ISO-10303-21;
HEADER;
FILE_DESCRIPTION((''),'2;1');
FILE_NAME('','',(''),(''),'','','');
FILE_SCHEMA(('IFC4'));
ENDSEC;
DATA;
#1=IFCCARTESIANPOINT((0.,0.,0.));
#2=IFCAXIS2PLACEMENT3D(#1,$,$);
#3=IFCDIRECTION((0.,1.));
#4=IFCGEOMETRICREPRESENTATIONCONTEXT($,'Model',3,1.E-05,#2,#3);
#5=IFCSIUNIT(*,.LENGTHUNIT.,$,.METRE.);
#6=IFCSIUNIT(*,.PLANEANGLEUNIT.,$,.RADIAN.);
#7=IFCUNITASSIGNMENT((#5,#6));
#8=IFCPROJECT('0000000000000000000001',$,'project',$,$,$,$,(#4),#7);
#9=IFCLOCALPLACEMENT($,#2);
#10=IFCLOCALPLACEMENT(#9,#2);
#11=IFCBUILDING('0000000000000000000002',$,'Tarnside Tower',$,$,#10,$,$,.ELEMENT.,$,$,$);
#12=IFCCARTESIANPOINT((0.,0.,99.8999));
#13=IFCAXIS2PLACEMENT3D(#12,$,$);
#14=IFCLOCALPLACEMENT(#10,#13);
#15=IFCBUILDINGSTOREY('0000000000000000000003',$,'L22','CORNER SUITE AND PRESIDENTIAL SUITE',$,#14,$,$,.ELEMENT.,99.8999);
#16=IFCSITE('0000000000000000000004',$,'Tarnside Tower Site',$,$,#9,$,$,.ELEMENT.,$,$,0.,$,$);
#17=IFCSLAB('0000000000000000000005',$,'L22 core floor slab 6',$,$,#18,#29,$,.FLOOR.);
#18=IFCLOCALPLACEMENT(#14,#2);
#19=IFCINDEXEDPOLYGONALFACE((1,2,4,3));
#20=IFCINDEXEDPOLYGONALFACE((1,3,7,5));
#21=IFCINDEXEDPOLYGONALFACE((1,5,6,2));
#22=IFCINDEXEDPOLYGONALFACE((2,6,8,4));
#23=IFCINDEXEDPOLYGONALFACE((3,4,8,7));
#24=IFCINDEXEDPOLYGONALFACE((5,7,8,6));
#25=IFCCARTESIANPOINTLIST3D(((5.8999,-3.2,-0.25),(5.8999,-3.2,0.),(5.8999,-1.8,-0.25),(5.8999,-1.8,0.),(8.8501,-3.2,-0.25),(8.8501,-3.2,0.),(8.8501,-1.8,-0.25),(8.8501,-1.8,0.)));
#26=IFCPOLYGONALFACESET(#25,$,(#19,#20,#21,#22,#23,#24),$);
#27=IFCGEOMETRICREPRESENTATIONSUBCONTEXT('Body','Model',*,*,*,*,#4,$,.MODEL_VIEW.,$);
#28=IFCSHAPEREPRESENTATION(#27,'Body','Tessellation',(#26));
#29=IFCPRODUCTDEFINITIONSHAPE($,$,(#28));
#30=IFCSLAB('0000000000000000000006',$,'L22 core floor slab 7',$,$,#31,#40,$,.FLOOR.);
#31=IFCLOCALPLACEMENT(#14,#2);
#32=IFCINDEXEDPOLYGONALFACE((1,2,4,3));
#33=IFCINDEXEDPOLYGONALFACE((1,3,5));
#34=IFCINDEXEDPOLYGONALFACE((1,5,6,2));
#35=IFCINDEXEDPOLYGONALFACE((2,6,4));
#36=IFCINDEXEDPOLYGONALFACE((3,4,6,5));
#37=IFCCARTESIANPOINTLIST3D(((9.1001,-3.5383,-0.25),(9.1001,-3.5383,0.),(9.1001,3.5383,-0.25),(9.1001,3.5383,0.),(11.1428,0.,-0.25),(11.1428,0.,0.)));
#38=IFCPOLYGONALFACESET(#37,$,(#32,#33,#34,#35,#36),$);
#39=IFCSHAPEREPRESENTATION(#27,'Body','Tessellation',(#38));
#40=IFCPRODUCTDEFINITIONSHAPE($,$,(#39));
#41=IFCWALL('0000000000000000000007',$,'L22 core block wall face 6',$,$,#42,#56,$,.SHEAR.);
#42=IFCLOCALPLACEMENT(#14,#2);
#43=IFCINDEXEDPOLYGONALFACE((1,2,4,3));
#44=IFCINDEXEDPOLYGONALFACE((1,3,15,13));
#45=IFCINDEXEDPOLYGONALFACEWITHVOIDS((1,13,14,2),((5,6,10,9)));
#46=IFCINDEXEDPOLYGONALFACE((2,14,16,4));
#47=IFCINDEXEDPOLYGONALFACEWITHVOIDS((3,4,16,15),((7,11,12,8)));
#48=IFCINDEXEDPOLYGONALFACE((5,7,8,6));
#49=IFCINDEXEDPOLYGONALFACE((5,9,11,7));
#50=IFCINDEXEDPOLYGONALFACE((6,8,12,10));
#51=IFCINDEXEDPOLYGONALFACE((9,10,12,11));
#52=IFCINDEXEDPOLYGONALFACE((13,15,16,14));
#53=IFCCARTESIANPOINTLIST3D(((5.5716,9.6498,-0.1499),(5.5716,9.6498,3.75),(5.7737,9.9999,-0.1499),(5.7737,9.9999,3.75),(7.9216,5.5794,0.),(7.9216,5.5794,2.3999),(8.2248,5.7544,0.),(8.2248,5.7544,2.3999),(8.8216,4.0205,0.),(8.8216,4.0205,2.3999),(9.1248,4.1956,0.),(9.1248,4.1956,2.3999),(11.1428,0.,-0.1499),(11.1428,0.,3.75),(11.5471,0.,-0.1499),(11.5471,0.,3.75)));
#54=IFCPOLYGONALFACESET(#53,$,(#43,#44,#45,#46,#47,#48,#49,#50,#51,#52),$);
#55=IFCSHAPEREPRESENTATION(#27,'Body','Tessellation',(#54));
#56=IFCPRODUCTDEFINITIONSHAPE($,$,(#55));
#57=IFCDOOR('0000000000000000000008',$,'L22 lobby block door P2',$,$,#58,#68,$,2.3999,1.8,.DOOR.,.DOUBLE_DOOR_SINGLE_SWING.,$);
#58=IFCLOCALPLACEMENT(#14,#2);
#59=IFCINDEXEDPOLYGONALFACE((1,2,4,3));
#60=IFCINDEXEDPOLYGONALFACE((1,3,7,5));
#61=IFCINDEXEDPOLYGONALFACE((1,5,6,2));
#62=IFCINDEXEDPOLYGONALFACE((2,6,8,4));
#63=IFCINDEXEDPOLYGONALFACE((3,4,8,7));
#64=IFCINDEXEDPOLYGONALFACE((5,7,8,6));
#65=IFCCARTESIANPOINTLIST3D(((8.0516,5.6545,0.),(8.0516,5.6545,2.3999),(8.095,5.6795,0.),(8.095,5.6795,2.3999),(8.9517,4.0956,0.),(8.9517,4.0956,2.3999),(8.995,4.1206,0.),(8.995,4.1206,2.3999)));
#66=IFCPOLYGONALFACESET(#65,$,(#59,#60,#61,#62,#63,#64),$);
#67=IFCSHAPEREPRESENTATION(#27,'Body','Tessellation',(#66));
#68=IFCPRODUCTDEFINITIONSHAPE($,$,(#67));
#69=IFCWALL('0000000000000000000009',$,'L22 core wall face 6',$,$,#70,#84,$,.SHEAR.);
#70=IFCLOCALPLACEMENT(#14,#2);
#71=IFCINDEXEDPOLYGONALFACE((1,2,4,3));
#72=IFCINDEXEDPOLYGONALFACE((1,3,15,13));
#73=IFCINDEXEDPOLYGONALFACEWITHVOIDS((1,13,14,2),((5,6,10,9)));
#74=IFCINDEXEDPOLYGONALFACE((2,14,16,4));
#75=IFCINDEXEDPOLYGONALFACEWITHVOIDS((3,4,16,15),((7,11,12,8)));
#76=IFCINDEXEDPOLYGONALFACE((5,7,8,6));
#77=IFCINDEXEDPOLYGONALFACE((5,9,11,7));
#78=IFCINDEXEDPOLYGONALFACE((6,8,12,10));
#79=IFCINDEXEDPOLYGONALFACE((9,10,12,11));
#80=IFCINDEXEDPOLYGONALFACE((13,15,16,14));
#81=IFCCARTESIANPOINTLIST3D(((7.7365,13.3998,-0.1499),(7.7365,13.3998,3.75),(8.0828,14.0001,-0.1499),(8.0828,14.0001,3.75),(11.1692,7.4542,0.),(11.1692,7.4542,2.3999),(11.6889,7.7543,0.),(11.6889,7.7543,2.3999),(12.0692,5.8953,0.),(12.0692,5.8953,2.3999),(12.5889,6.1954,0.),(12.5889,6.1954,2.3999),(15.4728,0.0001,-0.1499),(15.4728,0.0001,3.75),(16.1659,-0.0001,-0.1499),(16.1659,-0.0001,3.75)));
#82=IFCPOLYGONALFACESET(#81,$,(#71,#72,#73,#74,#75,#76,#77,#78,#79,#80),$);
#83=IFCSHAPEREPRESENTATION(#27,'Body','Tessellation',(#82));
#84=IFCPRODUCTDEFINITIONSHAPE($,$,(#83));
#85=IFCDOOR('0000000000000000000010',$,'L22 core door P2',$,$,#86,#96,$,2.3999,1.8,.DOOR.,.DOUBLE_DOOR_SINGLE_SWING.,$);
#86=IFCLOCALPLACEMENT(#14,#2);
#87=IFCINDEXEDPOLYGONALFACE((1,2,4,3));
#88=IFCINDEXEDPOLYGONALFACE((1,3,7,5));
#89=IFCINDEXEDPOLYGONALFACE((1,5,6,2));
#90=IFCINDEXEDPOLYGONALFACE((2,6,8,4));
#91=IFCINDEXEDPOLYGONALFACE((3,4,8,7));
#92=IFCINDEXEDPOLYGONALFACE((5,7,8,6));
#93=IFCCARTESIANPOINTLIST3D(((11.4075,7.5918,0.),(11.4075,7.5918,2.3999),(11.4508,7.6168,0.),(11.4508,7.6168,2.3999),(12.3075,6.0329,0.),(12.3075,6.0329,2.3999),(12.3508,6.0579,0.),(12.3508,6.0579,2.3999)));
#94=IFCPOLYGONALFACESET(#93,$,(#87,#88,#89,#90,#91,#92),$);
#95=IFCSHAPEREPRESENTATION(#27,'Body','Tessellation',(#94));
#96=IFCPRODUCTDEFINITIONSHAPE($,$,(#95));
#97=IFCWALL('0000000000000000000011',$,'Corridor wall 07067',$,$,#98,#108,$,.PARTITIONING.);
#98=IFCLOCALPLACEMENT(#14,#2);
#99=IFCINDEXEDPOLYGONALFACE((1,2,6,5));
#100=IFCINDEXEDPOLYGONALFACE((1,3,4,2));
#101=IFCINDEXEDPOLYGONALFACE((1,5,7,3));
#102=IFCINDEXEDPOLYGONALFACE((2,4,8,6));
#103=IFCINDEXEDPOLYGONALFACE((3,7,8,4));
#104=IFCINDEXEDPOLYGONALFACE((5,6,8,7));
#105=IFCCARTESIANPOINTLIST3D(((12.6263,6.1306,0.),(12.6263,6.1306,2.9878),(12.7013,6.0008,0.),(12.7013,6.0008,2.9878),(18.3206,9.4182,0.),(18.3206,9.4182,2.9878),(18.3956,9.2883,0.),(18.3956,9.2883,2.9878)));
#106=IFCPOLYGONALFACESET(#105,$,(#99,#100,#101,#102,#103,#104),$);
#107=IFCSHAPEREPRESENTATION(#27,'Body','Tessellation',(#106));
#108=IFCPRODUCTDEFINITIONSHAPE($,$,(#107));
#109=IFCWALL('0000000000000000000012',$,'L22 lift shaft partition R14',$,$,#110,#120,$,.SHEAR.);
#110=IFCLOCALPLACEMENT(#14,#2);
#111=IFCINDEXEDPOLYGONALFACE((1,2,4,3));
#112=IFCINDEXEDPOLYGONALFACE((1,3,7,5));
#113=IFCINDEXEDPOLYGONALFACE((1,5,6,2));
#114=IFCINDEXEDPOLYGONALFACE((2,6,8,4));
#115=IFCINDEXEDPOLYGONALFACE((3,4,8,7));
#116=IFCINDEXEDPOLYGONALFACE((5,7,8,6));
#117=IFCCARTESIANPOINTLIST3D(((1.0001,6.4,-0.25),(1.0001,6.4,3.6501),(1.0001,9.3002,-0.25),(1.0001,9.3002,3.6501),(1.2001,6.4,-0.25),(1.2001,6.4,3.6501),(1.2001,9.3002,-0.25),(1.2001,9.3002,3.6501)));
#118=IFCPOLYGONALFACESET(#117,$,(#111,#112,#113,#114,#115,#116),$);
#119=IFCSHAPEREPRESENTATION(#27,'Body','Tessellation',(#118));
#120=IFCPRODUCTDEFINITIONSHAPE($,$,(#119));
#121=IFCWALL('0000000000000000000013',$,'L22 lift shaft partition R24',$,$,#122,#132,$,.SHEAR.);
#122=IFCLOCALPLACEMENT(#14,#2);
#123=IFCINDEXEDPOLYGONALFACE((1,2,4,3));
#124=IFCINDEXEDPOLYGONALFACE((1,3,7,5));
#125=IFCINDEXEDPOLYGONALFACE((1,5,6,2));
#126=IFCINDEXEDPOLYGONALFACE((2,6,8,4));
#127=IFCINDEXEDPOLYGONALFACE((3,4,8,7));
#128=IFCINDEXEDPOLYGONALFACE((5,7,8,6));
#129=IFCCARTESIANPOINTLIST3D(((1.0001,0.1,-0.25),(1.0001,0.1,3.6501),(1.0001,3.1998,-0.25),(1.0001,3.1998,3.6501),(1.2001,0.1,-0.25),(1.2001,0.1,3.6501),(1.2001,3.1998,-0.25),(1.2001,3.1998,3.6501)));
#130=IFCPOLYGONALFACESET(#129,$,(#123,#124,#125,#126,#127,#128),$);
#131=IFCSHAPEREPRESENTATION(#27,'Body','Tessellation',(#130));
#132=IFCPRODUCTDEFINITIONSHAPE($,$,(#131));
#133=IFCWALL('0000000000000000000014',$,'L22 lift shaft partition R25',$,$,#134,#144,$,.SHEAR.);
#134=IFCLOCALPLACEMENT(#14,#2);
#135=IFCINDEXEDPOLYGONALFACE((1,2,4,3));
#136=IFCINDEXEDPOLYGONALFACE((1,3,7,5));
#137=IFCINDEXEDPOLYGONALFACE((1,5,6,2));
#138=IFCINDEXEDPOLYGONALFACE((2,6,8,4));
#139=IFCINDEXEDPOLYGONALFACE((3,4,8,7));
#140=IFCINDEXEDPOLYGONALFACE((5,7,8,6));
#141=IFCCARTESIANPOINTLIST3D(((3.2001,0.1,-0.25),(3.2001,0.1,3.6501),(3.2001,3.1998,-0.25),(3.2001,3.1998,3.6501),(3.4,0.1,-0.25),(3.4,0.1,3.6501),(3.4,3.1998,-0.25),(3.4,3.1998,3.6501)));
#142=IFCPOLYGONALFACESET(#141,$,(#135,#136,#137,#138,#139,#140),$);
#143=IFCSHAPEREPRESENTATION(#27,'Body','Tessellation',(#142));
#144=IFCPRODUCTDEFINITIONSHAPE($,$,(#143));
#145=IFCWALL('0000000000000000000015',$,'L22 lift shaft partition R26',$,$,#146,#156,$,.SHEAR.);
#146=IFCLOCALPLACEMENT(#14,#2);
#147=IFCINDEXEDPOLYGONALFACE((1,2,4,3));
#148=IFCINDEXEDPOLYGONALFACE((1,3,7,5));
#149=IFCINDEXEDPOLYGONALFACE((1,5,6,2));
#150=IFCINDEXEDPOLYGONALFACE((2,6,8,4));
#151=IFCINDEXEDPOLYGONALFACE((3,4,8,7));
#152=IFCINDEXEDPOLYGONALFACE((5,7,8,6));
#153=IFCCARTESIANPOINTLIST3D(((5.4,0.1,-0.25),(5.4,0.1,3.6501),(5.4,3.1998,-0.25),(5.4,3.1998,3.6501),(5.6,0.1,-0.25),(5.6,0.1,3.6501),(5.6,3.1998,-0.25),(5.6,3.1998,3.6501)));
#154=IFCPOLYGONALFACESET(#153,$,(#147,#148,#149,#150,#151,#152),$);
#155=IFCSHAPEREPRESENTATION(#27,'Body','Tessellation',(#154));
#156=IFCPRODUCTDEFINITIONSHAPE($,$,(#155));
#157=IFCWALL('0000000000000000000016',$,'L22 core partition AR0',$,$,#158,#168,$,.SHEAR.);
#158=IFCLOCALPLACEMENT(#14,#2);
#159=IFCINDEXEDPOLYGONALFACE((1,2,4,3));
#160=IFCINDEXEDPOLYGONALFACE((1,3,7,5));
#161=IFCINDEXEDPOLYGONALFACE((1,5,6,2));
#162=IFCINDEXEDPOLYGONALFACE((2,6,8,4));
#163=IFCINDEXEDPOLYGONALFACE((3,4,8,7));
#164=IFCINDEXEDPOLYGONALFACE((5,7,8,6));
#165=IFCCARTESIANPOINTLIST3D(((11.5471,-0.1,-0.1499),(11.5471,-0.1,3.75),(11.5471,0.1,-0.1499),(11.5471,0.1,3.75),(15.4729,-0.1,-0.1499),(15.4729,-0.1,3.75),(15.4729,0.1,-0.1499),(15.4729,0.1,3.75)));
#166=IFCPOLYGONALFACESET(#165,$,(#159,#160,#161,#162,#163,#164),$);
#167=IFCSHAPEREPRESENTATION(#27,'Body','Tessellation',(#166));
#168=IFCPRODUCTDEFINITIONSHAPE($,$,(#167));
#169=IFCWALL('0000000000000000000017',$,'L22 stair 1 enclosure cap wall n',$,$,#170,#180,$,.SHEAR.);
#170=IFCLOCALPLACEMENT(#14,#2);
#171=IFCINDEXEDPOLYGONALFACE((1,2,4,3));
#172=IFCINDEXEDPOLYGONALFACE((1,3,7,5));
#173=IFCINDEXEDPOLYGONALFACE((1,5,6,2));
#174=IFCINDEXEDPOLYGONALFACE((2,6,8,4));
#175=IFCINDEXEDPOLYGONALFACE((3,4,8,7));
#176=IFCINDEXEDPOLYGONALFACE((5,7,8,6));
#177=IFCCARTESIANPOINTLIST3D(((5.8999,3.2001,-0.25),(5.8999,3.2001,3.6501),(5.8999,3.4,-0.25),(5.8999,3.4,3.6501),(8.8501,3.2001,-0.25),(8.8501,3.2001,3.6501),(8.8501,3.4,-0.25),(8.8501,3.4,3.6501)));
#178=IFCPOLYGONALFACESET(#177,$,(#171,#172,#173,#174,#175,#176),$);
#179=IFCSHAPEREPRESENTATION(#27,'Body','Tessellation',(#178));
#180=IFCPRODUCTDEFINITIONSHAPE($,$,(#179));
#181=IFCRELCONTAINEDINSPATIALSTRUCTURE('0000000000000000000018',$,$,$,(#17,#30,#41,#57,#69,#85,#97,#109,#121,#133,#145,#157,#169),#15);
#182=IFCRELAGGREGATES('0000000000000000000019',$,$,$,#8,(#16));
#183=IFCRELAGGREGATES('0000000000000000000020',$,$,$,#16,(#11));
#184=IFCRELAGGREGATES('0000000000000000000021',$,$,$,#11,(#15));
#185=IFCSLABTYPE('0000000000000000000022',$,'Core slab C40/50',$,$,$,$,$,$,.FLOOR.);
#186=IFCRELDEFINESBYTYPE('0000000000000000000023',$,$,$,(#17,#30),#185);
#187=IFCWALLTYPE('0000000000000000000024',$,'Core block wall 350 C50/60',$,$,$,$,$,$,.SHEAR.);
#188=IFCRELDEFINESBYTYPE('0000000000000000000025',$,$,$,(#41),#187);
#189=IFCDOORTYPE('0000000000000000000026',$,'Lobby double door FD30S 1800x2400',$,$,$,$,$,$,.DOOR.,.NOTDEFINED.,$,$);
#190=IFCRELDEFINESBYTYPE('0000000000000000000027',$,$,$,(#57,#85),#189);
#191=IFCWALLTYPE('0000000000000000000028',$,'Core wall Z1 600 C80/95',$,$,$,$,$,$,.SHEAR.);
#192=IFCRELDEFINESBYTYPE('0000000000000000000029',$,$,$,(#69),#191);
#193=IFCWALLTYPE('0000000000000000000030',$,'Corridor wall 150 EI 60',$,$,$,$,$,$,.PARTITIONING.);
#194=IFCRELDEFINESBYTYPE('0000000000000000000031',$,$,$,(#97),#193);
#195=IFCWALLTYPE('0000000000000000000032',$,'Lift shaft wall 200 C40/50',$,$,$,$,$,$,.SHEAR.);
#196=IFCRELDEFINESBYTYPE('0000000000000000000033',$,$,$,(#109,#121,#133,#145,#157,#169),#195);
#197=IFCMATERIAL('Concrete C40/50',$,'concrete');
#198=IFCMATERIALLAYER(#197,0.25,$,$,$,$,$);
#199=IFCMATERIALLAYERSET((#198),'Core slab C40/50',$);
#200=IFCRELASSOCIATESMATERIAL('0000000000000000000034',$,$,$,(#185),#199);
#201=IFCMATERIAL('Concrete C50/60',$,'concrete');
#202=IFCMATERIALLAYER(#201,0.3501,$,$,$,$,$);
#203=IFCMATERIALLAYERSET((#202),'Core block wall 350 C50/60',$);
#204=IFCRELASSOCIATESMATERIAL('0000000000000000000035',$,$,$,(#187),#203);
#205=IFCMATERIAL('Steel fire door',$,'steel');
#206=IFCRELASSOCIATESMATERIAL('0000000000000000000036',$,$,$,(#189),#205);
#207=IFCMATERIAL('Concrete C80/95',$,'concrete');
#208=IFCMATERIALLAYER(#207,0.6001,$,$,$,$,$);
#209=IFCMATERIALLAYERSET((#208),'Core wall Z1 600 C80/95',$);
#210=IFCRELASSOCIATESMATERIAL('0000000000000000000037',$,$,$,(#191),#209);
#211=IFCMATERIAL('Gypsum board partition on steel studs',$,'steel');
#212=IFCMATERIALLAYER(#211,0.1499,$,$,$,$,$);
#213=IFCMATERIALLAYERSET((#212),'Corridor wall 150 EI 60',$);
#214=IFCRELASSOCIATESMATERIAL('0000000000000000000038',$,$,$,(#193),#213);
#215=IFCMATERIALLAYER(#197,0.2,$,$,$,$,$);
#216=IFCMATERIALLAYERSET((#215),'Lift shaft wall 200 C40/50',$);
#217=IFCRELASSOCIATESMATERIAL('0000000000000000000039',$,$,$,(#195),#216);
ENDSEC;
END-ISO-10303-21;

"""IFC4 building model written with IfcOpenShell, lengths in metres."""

from ifc_helpers import new_model, si_unit, direction, frame, frame_2d, origin, place, context, subcontext, project, spatial, polyline, rectangle, outline, extrude, material, layer, layer_set, type_object, element, fill, save


model = new_model("IFC4")

# Units and contexts
model_context = context("Model", 3, precision=1e-05, world=origin(), true_north=direction((0.0, 1.0)))
body_context = subcontext(model_context, "Body", "Model", "MODEL_VIEW")
ifc_project = project(units=[si_unit("LENGTHUNIT", "METRE"), si_unit("PLANEANGLEUNIT", "RADIAN")], contexts=[model_context])

# Site, building, storey
site_placement = place(None, origin())
site = spatial("IfcSite", under=ifc_project, at=site_placement, Name="Tarnside Tower Site", CompositionType="ELEMENT", RefElevation=0.0)
building_placement = place(site_placement, origin())
building = spatial("IfcBuilding", under=site, at=building_placement, Name="Tarnside Tower", CompositionType="ELEMENT")
storey_placement = place(building_placement, frame((0.0, 0.0, 99.8999)))
storey = spatial("IfcBuildingStorey", under=building, at=storey_placement, Name="L22", Description="CORNER SUITE AND PRESIDENTIAL SUITE", CompositionType="ELEMENT", Elevation=99.8999)

# Slabs
ifc_material_1 = material(Name="Concrete C40/50", Category="concrete")
ifc_layer_1 = layer(ifc_material_1, 0.25)
ifc_layer_set_1 = layer_set([ifc_layer_1], Name="Core slab C40/50")
slab_type = type_object("IfcSlabType", Name="Core slab C40/50", PredefinedType="FLOOR", material=ifc_layer_set_1)
slab_1_placement = place(storey_placement, frame((0.0, 0.0, -0.25)))
element("IfcSlab", 1, at=slab_1_placement, inside=storey, type_object=slab_type, Name="L22 core floor slab 6", PredefinedType="FLOOR", context=body_context, shape_type="SweptSolid", body=[
    extrude(outline(polyline([(5.8999, -3.2), (5.8999, -1.8), (8.8501, -1.8), (8.8501, -3.2), (5.8999, -3.2)])), origin(), (0.0, 0.0, 1.0), 0.25),
])
slab_2_placement = place(storey_placement, frame((0.0, 0.0, -0.25)))
element("IfcSlab", 2, at=slab_2_placement, inside=storey, type_object=slab_type, Name="L22 core floor slab 7", PredefinedType="FLOOR", context=body_context, shape_type="SweptSolid", body=[
    extrude(outline(polyline([(9.1001, -3.5383), (9.1001, 3.5383), (11.1428, 0.0), (9.1001, -3.5383)])), origin(), (0.0, 0.0, 1.0), 0.25),
])

# Walls, openings, doors
ifc_material_2 = material(Name="Concrete C50/60", Category="concrete")
ifc_layer_2 = layer(ifc_material_2, 0.3501)
ifc_layer_set_2 = layer_set([ifc_layer_2], Name="Core block wall 350 C50/60")
wall_type_1 = type_object("IfcWallType", Name="Core block wall 350 C50/60", PredefinedType="SHEAR", material=ifc_layer_set_2)
wall_1_placement = place(storey_placement, frame((11.345, 0.0, -0.1499), z_axis=(0.0, 0.0, 1.0), x_axis=(-0.499995, 0.866028, 0.0)))
wall_1 = element("IfcWall", 3, at=wall_1_placement, inside=storey, type_object=wall_type_1, Name="L22 core block wall face 6", PredefinedType="SHEAR", context=body_context, shape_type="SweptSolid", body=[
    extrude(outline(polyline([(-0.1011, -0.175), (11.4458, -0.175), (11.2437, 0.175), (0.1011, 0.175), (-0.1011, -0.175)])), origin(), (0.0, 0.0, 1.0), 3.8999),
])
opening_1_placement = place(wall_1_placement, frame((4.7437, 0.0, 0.1499)))
opening_1 = element("IfcOpeningElement", 4, at=opening_1_placement, cuts=wall_1, PredefinedType="OPENING", context=body_context, shape_type="SweptSolid", body=[
    extrude(rectangle(XDim=1.8, YDim=2.3999, at=frame_2d((0.8999, 1.2))), frame((0.0, 0.1851, 0.0), z_axis=(0.0, -1.0, 0.0), x_axis=(1.0, 0.0, 0.0)), (0.0, 0.0, 1.0), 0.3701),
])
ifc_material_3 = material(Name="Steel fire door", Category="steel")
door_type = type_object("IfcDoorType", Name="Lobby double door FD30S 1800x2400", OperationType="NOTDEFINED", PredefinedType="DOOR", material=ifc_material_3)
door_1_placement = place(opening_1_placement, origin())
door_1 = element("IfcDoor", 5, at=door_1_placement, inside=storey, type_object=door_type, Name="L22 lobby block door P2", OperationType="DOUBLE_DOOR_SINGLE_SWING", OverallHeight=2.3999, OverallWidth=1.8, PredefinedType="DOOR", context=body_context, shape_type="SweptSolid", body=[
    extrude(rectangle(XDim=1.8, YDim=2.3999, at=frame_2d((0.8999, 1.2))), frame((0.0, 0.0249, 0.0), z_axis=(0.0, -1.0, 0.0), x_axis=(1.0, 0.0, 0.0)), (0.0, 0.0, 1.0), 0.05),
])
fill(opening_1, door_1)
ifc_material_4 = material(Name="Concrete C80/95", Category="concrete")
ifc_layer_3 = layer(ifc_material_4, 0.6001)
ifc_layer_set_3 = layer_set([ifc_layer_3], Name="Core wall Z1 600 C80/95")
wall_type_2 = type_object("IfcWallType", Name="Core wall Z1 600 C80/95", PredefinedType="SHEAR", material=ifc_layer_set_3)
wall_2_placement = place(storey_placement, frame((15.8193, 0.0, -0.1499), z_axis=(0.0, 0.0, 1.0), x_axis=(-0.5, 0.866025, 0.0)))
wall_2 = element("IfcWall", 6, at=wall_2_placement, inside=storey, type_object=wall_type_2, Name="L22 core wall face 6", PredefinedType="SHEAR", context=body_context, shape_type="SweptSolid", body=[
    extrude(outline(polyline([(-0.1733, -0.3), (15.9927, -0.3), (15.646, 0.3), (0.1733, 0.3), (-0.1733, -0.3)])), origin(), (0.0, 0.0, 1.0), 3.8999),
])
opening_2_placement = place(wall_2_placement, frame((6.9807, 0.0, 0.1499)))
opening_2 = element("IfcOpeningElement", 7, at=opening_2_placement, cuts=wall_2, PredefinedType="OPENING", context=body_context, shape_type="SweptSolid", body=[
    extrude(rectangle(XDim=1.8, YDim=2.3999, at=frame_2d((0.8999, 1.2))), frame((0.0, 0.3101, 0.0), z_axis=(0.0, -1.0, 0.0), x_axis=(1.0, 0.0, 0.0)), (0.0, 0.0, 1.0), 0.6201),
])
door_2_placement = place(opening_2_placement, origin())
door_2 = element("IfcDoor", 8, at=door_2_placement, inside=storey, type_object=door_type, Name="L22 core door P2", OperationType="DOUBLE_DOOR_SINGLE_SWING", OverallHeight=2.3999, OverallWidth=1.8, PredefinedType="DOOR", context=body_context, shape_type="SweptSolid", body=[
    extrude(rectangle(XDim=1.8, YDim=2.3999, at=frame_2d((0.8999, 1.2))), frame((0.0, 0.0249, 0.0), z_axis=(0.0, -1.0, 0.0), x_axis=(1.0, 0.0, 0.0)), (0.0, 0.0, 1.0), 0.05),
])
fill(opening_2, door_2)

# Walls
ifc_material_5 = material(Name="Gypsum board partition on steel studs", Category="steel")
ifc_layer_4 = layer(ifc_material_5, 0.1499)
ifc_layer_set_4 = layer_set([ifc_layer_4], Name="Corridor wall 150 EI 60")
wall_type_3 = type_object("IfcWallType", Name="Corridor wall 150 EI 60", PredefinedType="PARTITIONING", material=ifc_layer_set_4)
wall_3_placement = place(storey_placement, frame((12.6638, 6.0657, 0.0), z_axis=(0.0, 0.0, 1.0), x_axis=(0.866027, 0.499997, 0.0)))
element("IfcWall", 9, at=wall_3_placement, inside=storey, type_object=wall_type_3, Name="Corridor wall 07067", PredefinedType="PARTITIONING", context=body_context, shape_type="SweptSolid", body=[
    extrude(rectangle(XDim=6.5752, YDim=0.1499, at=frame_2d((3.2876, 0.0))), origin(), (0.0, 0.0, 1.0), 2.9878),
])
ifc_layer_5 = layer(ifc_material_1, 0.2)
ifc_layer_set_5 = layer_set([ifc_layer_5], Name="Lift shaft wall 200 C40/50")
wall_type_4 = type_object("IfcWallType", Name="Lift shaft wall 200 C40/50", PredefinedType="SHEAR", material=ifc_layer_set_5)
wall_4_placement = place(storey_placement, frame((1.1001, 6.3999, -0.25), z_axis=(0.0, 0.0, 1.0), x_axis=(0.0, 1.0, 0.0)))
element("IfcWall", 10, at=wall_4_placement, inside=storey, type_object=wall_type_4, Name="L22 lift shaft partition R14", PredefinedType="SHEAR", context=body_context, shape_type="SweptSolid", body=[
    extrude(rectangle(XDim=2.9001, YDim=0.2, at=frame_2d((1.4502, 0.0))), origin(), (0.0, 0.0, 1.0), 3.9001),
])
for number, where, z_axis, x_axis, name in (
    (11, (1.1001, 0.1001, -0.25), (0.0, 0.0, 1.0), (0.0, 1.0, 0.0), "L22 lift shaft partition R24"),
    (12, (3.3, 0.1001, -0.25), (0.0, 0.0, 1.0), (0.0, 1.0, 0.0), "L22 lift shaft partition R25"),
    (13, (5.5, 0.1001, -0.25), (0.0, 0.0, 1.0), (0.0, 1.0, 0.0), "L22 lift shaft partition R26"),
):
    element("IfcWall", number, at=place(storey_placement, frame(where, z_axis=z_axis, x_axis=x_axis)), inside=storey, type_object=wall_type_4, Name=name, PredefinedType="SHEAR", context=body_context, shape_type="SweptSolid", body=[
        extrude(rectangle(XDim=3.0999, YDim=0.2, at=frame_2d((1.5498, 0.0))), origin(), (0.0, 0.0, 1.0), 3.9001),
    ])
wall_5_placement = place(storey_placement, frame((11.5471, 0.0, -0.1499), z_axis=(0.0, 0.0, 1.0), x_axis=(1.0, 0.0, 0.0)))
element("IfcWall", 14, at=wall_5_placement, inside=storey, type_object=wall_type_4, Name="L22 core partition AR0", PredefinedType="SHEAR", context=body_context, shape_type="SweptSolid", body=[
    extrude(rectangle(XDim=3.9258, YDim=0.2, at=frame_2d((1.9629, 0.0))), origin(), (0.0, 0.0, 1.0), 3.8999),
])
wall_6_placement = place(storey_placement, frame((5.8999, 3.3, -0.25), z_axis=(0.0, 0.0, 1.0), x_axis=(1.0, 0.0, 0.0)))
element("IfcWall", 15, at=wall_6_placement, inside=storey, type_object=wall_type_4, Name="L22 stair 1 enclosure cap wall n", PredefinedType="SHEAR", context=body_context, shape_type="SweptSolid", body=[
    extrude(rectangle(XDim=2.9502, YDim=0.2, at=frame_2d((1.4751, 0.0))), origin(), (0.0, 0.0, 1.0), 3.9001),
])

save(model, "model.ifc")
